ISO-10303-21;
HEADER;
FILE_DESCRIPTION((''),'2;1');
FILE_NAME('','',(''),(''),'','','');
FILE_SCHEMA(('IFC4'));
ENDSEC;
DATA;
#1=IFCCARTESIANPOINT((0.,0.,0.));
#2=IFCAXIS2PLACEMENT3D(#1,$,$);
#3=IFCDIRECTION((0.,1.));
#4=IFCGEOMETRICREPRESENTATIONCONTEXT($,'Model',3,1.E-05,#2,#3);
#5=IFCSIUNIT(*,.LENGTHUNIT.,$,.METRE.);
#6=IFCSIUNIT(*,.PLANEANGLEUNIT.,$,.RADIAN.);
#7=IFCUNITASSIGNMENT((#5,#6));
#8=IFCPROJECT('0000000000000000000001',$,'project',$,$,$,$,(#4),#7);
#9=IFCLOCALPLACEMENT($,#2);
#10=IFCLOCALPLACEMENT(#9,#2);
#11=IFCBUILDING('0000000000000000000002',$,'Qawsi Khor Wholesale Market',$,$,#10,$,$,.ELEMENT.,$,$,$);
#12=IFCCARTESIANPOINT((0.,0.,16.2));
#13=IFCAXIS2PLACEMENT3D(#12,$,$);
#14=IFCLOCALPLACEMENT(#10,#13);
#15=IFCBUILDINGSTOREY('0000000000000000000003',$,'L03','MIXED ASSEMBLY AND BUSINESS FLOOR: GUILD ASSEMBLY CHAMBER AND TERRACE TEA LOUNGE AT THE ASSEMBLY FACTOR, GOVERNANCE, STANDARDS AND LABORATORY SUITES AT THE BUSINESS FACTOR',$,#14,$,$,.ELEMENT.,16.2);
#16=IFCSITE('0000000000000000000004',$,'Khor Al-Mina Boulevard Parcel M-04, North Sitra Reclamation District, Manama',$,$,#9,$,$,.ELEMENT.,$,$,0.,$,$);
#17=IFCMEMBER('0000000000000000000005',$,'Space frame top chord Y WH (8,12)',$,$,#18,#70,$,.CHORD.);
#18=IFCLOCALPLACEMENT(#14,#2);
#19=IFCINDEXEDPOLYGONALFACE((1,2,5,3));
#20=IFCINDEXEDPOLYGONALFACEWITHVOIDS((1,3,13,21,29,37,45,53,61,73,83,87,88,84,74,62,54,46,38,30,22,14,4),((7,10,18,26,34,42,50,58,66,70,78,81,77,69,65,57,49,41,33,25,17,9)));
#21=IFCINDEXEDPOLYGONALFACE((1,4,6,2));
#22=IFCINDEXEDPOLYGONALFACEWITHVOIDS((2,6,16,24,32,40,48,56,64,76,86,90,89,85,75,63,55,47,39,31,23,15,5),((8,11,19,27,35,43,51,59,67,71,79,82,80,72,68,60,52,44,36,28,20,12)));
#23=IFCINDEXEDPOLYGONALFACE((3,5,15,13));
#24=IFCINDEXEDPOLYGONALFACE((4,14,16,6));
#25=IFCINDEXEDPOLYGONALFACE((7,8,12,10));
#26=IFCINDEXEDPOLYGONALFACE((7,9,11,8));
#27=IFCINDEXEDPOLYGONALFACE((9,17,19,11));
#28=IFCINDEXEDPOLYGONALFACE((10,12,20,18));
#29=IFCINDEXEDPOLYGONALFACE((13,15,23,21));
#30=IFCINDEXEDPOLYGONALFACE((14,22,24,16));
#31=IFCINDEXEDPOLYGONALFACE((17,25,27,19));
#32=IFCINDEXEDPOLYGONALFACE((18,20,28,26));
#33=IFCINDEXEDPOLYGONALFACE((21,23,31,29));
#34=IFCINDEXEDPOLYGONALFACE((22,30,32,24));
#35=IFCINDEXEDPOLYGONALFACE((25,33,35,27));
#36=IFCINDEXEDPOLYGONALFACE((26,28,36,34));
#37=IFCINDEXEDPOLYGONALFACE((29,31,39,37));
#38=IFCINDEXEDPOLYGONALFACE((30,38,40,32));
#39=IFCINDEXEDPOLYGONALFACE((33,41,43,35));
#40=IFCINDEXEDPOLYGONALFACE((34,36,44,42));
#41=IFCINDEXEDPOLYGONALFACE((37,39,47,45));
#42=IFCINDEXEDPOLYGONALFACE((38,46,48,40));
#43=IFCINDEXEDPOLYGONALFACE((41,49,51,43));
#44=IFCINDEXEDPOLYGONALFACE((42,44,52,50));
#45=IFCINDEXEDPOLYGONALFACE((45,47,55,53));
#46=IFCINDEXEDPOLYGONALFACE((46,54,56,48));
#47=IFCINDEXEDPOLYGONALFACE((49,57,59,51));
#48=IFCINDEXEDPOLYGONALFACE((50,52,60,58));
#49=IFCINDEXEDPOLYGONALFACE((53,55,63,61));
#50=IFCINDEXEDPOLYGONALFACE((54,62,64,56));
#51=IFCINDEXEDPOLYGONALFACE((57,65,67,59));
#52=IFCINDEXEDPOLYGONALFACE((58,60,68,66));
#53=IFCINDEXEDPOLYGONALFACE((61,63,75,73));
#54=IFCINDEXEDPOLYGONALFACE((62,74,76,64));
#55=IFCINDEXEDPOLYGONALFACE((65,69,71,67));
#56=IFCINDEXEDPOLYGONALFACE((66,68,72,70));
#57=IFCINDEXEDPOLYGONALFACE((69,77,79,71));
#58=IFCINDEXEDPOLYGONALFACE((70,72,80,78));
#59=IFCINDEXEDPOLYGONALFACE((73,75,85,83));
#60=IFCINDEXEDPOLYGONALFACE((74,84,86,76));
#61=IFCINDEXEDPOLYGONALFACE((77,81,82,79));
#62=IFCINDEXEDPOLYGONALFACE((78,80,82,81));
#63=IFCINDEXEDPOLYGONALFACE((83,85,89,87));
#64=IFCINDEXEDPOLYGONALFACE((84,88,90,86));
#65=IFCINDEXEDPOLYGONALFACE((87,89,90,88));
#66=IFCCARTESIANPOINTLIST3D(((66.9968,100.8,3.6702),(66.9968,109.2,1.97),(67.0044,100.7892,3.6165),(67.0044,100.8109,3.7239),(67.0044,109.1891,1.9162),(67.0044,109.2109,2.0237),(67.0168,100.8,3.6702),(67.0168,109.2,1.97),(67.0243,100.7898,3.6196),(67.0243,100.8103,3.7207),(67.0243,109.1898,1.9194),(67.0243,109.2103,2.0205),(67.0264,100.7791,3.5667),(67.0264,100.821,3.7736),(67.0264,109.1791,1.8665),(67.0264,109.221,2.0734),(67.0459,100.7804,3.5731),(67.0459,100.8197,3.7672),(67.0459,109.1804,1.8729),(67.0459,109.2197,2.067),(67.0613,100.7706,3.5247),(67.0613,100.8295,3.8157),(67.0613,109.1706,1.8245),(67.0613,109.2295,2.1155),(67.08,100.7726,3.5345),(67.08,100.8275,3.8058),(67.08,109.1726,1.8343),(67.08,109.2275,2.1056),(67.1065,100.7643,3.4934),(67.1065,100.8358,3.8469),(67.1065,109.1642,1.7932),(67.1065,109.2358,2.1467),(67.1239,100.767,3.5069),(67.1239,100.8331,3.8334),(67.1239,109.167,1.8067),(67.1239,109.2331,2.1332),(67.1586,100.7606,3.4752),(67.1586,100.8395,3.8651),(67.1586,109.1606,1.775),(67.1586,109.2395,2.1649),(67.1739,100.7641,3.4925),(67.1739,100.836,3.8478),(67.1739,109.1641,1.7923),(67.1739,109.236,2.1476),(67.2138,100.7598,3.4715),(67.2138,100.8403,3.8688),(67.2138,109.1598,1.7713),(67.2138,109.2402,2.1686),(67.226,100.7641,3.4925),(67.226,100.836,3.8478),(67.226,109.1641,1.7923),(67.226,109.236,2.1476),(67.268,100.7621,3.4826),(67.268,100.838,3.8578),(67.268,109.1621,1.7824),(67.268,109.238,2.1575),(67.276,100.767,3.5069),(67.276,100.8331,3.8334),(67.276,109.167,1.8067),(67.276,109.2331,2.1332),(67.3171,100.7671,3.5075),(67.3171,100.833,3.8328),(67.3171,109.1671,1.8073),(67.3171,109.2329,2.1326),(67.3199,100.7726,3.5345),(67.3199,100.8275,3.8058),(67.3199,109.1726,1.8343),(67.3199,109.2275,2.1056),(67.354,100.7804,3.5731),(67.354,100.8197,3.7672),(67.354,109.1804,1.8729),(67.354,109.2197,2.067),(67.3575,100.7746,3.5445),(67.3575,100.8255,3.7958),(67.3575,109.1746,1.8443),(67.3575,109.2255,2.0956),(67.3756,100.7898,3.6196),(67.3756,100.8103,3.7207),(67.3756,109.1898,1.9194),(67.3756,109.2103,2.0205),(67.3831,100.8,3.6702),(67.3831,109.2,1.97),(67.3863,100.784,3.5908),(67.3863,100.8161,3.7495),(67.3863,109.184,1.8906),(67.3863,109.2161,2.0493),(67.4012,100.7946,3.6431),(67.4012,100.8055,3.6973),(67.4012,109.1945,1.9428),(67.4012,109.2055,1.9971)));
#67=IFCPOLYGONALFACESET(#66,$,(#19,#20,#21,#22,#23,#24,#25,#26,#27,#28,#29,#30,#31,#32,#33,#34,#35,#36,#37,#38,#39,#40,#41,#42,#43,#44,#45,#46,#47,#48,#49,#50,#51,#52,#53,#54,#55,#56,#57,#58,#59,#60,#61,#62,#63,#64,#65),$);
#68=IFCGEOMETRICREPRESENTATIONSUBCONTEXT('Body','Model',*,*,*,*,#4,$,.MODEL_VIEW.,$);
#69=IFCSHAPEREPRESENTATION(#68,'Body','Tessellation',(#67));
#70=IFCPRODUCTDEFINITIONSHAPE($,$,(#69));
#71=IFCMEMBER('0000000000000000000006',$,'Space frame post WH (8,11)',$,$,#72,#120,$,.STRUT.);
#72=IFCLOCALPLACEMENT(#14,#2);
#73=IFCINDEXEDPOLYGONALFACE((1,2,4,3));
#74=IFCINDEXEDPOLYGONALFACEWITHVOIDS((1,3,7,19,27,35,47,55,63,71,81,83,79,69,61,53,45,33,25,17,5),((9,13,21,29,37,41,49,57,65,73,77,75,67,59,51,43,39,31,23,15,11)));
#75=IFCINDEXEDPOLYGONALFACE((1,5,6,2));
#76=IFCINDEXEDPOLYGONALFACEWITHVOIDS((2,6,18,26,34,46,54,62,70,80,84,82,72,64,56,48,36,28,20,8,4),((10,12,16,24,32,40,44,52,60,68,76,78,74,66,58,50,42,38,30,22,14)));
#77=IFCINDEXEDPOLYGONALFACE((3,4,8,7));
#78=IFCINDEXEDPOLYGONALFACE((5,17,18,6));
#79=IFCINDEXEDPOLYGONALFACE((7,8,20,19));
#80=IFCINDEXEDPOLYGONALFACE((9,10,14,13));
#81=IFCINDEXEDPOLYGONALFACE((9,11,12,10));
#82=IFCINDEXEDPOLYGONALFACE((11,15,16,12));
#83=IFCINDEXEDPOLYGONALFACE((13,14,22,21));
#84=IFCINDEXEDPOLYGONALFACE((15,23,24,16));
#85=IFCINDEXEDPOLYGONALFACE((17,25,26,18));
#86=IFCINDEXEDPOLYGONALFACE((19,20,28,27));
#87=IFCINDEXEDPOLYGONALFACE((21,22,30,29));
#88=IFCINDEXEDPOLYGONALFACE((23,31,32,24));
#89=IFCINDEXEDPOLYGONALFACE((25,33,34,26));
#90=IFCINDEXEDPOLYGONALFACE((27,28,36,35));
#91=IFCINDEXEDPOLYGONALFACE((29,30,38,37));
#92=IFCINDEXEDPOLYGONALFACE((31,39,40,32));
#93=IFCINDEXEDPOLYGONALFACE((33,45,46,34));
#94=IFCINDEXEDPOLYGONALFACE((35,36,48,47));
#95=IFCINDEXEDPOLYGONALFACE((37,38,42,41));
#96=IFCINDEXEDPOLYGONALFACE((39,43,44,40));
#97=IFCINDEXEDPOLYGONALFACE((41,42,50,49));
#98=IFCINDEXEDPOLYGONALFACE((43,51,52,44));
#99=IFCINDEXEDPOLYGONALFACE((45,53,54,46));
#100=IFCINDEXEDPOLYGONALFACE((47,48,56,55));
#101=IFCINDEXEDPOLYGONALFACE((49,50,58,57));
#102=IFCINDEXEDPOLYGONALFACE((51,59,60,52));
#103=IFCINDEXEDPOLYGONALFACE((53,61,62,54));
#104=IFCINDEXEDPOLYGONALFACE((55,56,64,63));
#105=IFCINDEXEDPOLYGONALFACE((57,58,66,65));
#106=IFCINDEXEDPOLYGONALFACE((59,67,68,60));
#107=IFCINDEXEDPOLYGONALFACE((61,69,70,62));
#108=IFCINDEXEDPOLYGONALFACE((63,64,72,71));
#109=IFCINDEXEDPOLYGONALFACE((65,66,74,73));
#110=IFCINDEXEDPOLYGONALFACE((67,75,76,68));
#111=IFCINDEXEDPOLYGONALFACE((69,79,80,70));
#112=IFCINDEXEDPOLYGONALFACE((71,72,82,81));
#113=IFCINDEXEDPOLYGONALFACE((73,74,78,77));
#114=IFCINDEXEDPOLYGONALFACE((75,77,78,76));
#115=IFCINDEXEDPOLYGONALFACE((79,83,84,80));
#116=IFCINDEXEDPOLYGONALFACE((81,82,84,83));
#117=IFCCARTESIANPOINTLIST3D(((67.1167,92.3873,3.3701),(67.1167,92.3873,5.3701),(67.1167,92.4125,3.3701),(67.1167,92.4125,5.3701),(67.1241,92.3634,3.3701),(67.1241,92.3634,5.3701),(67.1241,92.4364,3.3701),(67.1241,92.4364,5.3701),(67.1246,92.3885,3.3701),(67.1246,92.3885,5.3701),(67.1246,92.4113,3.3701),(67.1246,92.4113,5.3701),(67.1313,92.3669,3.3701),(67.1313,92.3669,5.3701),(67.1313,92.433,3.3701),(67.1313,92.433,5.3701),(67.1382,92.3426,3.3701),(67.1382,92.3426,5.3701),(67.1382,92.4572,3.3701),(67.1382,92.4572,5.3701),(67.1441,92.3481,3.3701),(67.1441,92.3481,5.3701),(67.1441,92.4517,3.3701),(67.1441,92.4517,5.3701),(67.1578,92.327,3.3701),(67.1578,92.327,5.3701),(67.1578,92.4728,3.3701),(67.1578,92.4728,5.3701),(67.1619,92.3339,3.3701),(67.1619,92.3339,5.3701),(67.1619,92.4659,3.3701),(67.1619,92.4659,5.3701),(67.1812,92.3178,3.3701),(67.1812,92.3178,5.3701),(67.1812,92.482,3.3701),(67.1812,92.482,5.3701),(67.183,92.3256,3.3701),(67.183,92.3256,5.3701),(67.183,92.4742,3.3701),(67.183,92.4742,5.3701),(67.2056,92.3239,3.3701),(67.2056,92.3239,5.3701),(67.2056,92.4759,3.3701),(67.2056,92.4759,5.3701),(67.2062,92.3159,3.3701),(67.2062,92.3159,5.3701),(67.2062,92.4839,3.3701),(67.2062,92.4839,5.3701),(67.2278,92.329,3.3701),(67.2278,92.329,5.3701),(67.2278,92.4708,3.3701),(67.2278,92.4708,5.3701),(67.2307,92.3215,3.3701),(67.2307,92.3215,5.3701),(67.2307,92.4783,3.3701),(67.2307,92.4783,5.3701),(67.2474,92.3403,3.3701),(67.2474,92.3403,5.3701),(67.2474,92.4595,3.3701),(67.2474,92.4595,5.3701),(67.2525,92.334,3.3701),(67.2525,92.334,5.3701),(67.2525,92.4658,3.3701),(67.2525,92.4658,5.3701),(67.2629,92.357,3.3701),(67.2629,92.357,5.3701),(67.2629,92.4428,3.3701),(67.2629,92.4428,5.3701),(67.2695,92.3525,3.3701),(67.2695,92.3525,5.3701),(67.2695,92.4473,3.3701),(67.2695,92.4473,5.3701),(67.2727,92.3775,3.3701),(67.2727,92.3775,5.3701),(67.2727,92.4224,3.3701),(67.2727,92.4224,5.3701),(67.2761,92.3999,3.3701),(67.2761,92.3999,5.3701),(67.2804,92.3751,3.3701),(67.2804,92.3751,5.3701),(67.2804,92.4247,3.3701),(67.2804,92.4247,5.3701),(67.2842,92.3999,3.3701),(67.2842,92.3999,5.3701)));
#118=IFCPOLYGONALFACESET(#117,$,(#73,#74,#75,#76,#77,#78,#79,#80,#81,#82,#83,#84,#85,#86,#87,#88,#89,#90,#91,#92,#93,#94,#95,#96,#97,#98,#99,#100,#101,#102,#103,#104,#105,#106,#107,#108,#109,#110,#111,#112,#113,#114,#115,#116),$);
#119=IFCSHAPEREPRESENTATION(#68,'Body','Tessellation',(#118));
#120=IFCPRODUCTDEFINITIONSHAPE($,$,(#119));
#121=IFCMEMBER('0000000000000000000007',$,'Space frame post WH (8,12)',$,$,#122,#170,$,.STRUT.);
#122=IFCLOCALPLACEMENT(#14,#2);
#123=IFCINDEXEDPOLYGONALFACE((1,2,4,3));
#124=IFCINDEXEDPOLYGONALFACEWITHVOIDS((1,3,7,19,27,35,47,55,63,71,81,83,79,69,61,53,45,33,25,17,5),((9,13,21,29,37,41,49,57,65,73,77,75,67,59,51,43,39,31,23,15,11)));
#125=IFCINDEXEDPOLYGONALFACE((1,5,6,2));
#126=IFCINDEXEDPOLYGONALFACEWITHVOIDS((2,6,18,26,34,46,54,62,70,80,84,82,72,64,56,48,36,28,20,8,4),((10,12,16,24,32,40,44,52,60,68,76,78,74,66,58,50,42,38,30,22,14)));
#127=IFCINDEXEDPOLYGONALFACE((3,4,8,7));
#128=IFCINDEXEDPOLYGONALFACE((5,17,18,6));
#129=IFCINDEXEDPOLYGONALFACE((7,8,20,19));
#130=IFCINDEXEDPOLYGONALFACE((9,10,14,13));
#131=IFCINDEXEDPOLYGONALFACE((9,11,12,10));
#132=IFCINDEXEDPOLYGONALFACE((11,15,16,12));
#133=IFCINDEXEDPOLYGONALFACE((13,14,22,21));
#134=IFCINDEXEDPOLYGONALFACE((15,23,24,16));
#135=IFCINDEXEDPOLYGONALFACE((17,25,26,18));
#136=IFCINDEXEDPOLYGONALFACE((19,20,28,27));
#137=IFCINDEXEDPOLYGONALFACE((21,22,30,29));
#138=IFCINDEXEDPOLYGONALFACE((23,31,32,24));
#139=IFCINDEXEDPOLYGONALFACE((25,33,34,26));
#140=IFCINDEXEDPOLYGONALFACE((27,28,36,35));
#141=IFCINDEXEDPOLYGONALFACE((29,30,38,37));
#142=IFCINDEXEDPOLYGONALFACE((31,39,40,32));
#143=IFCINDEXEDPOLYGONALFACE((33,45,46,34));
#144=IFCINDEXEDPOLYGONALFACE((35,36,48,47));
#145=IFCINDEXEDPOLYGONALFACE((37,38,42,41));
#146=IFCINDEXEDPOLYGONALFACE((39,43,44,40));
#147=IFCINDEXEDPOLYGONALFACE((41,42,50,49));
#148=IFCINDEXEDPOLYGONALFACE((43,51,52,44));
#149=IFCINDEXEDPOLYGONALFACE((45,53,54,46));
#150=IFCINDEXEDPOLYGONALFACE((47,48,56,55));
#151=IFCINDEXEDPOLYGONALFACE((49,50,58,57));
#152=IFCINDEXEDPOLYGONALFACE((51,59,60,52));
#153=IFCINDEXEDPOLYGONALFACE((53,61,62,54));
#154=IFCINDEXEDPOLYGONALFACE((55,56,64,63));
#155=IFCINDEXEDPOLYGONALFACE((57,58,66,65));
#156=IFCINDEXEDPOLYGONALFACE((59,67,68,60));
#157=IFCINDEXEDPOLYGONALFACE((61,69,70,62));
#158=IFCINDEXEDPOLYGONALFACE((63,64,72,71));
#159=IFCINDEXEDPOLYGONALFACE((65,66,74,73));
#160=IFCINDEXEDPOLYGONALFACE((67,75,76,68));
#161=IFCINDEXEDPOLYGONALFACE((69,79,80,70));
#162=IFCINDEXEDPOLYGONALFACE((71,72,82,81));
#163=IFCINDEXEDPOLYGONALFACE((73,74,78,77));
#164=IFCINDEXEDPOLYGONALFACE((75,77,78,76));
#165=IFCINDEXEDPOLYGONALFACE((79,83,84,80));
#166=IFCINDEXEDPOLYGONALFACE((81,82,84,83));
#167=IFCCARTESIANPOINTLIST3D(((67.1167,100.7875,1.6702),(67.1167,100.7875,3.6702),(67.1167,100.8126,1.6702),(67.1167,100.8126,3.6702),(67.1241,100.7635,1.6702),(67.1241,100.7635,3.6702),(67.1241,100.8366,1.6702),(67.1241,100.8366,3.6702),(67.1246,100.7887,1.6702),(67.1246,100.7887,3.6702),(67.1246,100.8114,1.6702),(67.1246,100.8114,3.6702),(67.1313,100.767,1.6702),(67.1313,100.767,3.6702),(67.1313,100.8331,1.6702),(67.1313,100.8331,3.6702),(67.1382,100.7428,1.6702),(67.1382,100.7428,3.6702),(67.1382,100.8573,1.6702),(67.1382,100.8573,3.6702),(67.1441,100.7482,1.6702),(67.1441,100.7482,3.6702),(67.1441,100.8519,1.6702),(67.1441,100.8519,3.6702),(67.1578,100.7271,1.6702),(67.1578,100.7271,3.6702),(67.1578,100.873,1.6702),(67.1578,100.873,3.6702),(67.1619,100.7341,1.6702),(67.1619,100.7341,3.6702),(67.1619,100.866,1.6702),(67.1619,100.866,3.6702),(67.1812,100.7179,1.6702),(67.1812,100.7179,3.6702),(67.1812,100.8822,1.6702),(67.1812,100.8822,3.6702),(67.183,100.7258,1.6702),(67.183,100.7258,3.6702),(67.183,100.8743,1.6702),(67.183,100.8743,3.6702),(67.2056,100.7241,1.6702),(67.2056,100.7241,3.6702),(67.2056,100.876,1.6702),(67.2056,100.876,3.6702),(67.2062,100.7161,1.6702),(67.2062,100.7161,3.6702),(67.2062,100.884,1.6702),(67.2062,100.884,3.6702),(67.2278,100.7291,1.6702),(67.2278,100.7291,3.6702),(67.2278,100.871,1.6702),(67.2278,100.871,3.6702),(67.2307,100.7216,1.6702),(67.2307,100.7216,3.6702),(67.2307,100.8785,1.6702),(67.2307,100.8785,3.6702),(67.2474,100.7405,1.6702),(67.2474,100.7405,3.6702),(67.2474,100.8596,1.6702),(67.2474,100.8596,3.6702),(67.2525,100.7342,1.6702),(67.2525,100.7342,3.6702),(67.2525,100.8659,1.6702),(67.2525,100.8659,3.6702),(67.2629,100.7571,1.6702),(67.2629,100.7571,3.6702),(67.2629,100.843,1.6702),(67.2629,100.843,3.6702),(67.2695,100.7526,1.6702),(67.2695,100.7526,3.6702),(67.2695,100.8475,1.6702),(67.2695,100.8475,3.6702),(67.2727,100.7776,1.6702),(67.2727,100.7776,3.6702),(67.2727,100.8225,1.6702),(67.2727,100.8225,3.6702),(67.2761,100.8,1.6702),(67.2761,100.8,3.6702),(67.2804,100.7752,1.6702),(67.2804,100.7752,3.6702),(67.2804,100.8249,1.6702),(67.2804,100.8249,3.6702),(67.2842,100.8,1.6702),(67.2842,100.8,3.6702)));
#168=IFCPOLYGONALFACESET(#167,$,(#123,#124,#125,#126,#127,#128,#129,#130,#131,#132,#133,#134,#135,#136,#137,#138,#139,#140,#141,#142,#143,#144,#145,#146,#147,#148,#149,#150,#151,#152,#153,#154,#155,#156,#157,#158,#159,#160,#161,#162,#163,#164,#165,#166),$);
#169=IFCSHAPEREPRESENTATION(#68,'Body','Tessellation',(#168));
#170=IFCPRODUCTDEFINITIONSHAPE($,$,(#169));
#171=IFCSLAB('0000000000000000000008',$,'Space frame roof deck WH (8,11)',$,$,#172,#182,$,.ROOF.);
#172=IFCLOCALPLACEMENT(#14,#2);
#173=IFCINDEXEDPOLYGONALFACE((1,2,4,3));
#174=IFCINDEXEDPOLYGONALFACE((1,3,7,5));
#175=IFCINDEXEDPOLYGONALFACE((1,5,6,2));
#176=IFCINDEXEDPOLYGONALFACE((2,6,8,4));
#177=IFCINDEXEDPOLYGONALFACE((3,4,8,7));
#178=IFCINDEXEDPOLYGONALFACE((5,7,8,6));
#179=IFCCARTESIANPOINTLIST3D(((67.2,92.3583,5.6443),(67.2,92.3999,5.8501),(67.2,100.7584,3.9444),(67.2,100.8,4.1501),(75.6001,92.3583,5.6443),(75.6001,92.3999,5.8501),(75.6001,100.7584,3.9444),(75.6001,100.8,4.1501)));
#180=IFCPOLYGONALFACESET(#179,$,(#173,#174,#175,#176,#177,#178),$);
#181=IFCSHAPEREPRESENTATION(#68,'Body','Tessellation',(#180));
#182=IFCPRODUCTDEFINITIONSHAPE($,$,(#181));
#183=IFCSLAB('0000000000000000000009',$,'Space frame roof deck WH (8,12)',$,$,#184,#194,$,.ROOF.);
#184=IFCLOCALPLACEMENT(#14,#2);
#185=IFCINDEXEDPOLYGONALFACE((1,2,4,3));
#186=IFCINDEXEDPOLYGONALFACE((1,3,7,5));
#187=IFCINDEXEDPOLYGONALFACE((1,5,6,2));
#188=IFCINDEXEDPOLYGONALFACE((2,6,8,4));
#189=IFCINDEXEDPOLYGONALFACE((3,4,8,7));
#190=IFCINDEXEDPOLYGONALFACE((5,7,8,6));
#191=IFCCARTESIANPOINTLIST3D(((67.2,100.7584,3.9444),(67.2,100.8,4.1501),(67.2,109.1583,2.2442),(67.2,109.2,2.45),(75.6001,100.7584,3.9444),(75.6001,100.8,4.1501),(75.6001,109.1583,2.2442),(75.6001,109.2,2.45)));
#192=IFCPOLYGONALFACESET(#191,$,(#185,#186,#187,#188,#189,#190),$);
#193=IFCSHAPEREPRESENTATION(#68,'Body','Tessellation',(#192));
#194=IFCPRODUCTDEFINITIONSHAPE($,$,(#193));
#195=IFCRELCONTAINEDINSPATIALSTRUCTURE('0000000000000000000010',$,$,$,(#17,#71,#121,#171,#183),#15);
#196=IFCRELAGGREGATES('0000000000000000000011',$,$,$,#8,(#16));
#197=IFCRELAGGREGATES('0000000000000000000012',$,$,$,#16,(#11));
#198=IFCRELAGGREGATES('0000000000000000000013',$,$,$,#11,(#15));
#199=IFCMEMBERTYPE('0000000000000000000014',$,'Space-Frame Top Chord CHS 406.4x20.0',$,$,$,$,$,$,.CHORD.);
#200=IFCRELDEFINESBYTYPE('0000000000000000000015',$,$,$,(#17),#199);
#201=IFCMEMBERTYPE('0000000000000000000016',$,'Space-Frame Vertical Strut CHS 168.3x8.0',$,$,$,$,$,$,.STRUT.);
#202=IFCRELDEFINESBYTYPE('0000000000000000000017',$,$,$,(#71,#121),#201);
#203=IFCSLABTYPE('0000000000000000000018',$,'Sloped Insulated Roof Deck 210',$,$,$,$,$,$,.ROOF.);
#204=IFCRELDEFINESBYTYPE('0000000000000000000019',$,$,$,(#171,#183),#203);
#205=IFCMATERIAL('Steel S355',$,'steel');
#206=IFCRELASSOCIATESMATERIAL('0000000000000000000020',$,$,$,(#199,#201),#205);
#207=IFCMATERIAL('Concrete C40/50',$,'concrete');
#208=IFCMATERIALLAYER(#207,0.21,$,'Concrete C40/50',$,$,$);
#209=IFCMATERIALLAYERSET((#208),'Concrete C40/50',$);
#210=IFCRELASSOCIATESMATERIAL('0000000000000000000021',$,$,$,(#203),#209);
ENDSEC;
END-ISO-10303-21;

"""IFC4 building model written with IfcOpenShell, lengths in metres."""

from ifc_helpers import new_model, si_unit, direction, frame, origin, origin_2d, place, context, subcontext, project, spatial, polyline, hollow_circle, outline, extrude, material, layer, layer_set, material_profile, profile_set, type_object, element, save


model = new_model("IFC4")

# Units and contexts
model_context = context("Model", 3, precision=1e-05, world=origin(), true_north=direction((0.0, 1.0)))
body_context = subcontext(model_context, "Body", "Model", "MODEL_VIEW")
ifc_project = project(units=[si_unit("LENGTHUNIT", "METRE"), si_unit("PLANEANGLEUNIT", "RADIAN")], contexts=[model_context])

# Site, building, storey
site_placement = place(None, origin())
site = spatial("IfcSite", under=ifc_project, at=site_placement, Name="Khor Al-Mina Boulevard Parcel M-04, North Sitra Reclamation District, Manama", CompositionType="ELEMENT", RefElevation=0.0)
building_placement = place(site_placement, origin())
building = spatial("IfcBuilding", under=site, at=building_placement, Name="Qawsi Khor Wholesale Market", CompositionType="ELEMENT")
storey_placement = place(building_placement, frame((0.0, 0.0, 16.2)))
storey = spatial("IfcBuildingStorey", under=building, at=storey_placement, Name="L03", Description="MIXED ASSEMBLY AND BUSINESS FLOOR: GUILD ASSEMBLY CHAMBER AND TERRACE TEA LOUNGE AT THE ASSEMBLY FACTOR, GOVERNANCE, STANDARDS AND LABORATORY SUITES AT THE BUSINESS FACTOR", CompositionType="ELEMENT", Elevation=16.2)

# Members
ifc_material_1 = material(Name="Steel S355", Category="steel")
ifc_material_profile_1 = material_profile(ifc_material_1, hollow_circle(Radius=0.2031, WallThickness=0.02, at=origin_2d()), Name="CHS 406.4x20.0")
ifc_profile_set_1 = profile_set([ifc_material_profile_1], Name="Steel S355")
member_type_1 = type_object("IfcMemberType", Name="Space-Frame Top Chord CHS 406.4x20.0", PredefinedType="CHORD", material=ifc_profile_set_1)
member_1_placement = place(storey_placement, frame((67.2, 100.8, 3.6702), z_axis=(0.0, 0.980124, -0.198384), x_axis=(-1.0, 0.0, 0.0)))
element("IfcMember", 1, at=member_1_placement, inside=storey, type_object=member_type_1, Name="Space frame top chord Y WH (8,12)", PredefinedType="CHORD", context=body_context, shape_type="SweptSolid", body=[
    extrude(hollow_circle(Radius=0.2031, WallThickness=0.02, at=origin_2d()), origin(), (0.0, 0.0, 1.0), 8.5703),
])
ifc_material_profile_2 = material_profile(ifc_material_1, hollow_circle(Radius=0.0842, WallThickness=0.0081, at=origin_2d()), Name="CHS 168.3x8.0")
ifc_profile_set_2 = profile_set([ifc_material_profile_2], Name="Steel S355")
member_type_2 = type_object("IfcMemberType", Name="Space-Frame Vertical Strut CHS 168.3x8.0", PredefinedType="STRUT", material=ifc_profile_set_2)
for number, where, z_axis, x_axis, name in (
    (2, (67.2, 92.3999, 3.3701), (0.0, 0.0, 1.0), (1.0, 0.0, 0.0), "Space frame post WH (8,11)"),
    (3, (67.2, 100.8, 1.6702), (0.0, 0.0, 1.0), (1.0, 0.0, 0.0), "Space frame post WH (8,12)"),
):
    element("IfcMember", number, at=place(storey_placement, frame(where, z_axis=z_axis, x_axis=x_axis)), inside=storey, type_object=member_type_2, Name=name, PredefinedType="STRUT", context=body_context, shape_type="SweptSolid", body=[
        extrude(hollow_circle(Radius=0.0842, WallThickness=0.0081, at=origin_2d()), origin(), (0.0, 0.0, 1.0), 2.0),
    ])

# Slabs
ifc_material_2 = material(Name="Concrete C40/50", Category="concrete")
ifc_layer_1 = layer(ifc_material_2, 0.21, Name="Concrete C40/50")
ifc_layer_set_1 = layer_set([ifc_layer_1], Name="Concrete C40/50")
slab_type = type_object("IfcSlabType", Name="Sloped Insulated Roof Deck 210", PredefinedType="ROOF", material=ifc_layer_set_1)
slab_1_placement = place(storey_placement, frame((67.2, 92.3999, 5.8501), z_axis=(0.0, 0.198351, 0.980131), x_axis=(1.0, 0.0, 0.0)))
element("IfcSlab", 4, at=slab_1_placement, inside=storey, type_object=slab_type, Name="Space frame roof deck WH (8,11)", PredefinedType="ROOF", context=body_context, shape_type="SweptSolid", body=[
    extrude(outline(polyline([(0.0, 0.0), (8.4001, 0.0), (8.4001, 8.5704), (0.0, 8.5704), (0.0, 0.0)])), origin(), (0.0, 0.0, -1.0), 0.21),
])
slab_2_placement = place(storey_placement, frame((67.2, 100.8, 4.1501), z_axis=(0.0, 0.198384, 0.980124), x_axis=(1.0, 0.0, 0.0)))
element("IfcSlab", 5, at=slab_2_placement, inside=storey, type_object=slab_type, Name="Space frame roof deck WH (8,12)", PredefinedType="ROOF", context=body_context, shape_type="SweptSolid", body=[
    extrude(outline(polyline([(0.0, 0.0), (8.4001, 0.0), (8.4001, 8.5702), (0.0, 8.5702), (0.0, 0.0)])), origin(), (0.0, 0.0, -1.0), 0.21),
])

save(model, "model.ifc")
